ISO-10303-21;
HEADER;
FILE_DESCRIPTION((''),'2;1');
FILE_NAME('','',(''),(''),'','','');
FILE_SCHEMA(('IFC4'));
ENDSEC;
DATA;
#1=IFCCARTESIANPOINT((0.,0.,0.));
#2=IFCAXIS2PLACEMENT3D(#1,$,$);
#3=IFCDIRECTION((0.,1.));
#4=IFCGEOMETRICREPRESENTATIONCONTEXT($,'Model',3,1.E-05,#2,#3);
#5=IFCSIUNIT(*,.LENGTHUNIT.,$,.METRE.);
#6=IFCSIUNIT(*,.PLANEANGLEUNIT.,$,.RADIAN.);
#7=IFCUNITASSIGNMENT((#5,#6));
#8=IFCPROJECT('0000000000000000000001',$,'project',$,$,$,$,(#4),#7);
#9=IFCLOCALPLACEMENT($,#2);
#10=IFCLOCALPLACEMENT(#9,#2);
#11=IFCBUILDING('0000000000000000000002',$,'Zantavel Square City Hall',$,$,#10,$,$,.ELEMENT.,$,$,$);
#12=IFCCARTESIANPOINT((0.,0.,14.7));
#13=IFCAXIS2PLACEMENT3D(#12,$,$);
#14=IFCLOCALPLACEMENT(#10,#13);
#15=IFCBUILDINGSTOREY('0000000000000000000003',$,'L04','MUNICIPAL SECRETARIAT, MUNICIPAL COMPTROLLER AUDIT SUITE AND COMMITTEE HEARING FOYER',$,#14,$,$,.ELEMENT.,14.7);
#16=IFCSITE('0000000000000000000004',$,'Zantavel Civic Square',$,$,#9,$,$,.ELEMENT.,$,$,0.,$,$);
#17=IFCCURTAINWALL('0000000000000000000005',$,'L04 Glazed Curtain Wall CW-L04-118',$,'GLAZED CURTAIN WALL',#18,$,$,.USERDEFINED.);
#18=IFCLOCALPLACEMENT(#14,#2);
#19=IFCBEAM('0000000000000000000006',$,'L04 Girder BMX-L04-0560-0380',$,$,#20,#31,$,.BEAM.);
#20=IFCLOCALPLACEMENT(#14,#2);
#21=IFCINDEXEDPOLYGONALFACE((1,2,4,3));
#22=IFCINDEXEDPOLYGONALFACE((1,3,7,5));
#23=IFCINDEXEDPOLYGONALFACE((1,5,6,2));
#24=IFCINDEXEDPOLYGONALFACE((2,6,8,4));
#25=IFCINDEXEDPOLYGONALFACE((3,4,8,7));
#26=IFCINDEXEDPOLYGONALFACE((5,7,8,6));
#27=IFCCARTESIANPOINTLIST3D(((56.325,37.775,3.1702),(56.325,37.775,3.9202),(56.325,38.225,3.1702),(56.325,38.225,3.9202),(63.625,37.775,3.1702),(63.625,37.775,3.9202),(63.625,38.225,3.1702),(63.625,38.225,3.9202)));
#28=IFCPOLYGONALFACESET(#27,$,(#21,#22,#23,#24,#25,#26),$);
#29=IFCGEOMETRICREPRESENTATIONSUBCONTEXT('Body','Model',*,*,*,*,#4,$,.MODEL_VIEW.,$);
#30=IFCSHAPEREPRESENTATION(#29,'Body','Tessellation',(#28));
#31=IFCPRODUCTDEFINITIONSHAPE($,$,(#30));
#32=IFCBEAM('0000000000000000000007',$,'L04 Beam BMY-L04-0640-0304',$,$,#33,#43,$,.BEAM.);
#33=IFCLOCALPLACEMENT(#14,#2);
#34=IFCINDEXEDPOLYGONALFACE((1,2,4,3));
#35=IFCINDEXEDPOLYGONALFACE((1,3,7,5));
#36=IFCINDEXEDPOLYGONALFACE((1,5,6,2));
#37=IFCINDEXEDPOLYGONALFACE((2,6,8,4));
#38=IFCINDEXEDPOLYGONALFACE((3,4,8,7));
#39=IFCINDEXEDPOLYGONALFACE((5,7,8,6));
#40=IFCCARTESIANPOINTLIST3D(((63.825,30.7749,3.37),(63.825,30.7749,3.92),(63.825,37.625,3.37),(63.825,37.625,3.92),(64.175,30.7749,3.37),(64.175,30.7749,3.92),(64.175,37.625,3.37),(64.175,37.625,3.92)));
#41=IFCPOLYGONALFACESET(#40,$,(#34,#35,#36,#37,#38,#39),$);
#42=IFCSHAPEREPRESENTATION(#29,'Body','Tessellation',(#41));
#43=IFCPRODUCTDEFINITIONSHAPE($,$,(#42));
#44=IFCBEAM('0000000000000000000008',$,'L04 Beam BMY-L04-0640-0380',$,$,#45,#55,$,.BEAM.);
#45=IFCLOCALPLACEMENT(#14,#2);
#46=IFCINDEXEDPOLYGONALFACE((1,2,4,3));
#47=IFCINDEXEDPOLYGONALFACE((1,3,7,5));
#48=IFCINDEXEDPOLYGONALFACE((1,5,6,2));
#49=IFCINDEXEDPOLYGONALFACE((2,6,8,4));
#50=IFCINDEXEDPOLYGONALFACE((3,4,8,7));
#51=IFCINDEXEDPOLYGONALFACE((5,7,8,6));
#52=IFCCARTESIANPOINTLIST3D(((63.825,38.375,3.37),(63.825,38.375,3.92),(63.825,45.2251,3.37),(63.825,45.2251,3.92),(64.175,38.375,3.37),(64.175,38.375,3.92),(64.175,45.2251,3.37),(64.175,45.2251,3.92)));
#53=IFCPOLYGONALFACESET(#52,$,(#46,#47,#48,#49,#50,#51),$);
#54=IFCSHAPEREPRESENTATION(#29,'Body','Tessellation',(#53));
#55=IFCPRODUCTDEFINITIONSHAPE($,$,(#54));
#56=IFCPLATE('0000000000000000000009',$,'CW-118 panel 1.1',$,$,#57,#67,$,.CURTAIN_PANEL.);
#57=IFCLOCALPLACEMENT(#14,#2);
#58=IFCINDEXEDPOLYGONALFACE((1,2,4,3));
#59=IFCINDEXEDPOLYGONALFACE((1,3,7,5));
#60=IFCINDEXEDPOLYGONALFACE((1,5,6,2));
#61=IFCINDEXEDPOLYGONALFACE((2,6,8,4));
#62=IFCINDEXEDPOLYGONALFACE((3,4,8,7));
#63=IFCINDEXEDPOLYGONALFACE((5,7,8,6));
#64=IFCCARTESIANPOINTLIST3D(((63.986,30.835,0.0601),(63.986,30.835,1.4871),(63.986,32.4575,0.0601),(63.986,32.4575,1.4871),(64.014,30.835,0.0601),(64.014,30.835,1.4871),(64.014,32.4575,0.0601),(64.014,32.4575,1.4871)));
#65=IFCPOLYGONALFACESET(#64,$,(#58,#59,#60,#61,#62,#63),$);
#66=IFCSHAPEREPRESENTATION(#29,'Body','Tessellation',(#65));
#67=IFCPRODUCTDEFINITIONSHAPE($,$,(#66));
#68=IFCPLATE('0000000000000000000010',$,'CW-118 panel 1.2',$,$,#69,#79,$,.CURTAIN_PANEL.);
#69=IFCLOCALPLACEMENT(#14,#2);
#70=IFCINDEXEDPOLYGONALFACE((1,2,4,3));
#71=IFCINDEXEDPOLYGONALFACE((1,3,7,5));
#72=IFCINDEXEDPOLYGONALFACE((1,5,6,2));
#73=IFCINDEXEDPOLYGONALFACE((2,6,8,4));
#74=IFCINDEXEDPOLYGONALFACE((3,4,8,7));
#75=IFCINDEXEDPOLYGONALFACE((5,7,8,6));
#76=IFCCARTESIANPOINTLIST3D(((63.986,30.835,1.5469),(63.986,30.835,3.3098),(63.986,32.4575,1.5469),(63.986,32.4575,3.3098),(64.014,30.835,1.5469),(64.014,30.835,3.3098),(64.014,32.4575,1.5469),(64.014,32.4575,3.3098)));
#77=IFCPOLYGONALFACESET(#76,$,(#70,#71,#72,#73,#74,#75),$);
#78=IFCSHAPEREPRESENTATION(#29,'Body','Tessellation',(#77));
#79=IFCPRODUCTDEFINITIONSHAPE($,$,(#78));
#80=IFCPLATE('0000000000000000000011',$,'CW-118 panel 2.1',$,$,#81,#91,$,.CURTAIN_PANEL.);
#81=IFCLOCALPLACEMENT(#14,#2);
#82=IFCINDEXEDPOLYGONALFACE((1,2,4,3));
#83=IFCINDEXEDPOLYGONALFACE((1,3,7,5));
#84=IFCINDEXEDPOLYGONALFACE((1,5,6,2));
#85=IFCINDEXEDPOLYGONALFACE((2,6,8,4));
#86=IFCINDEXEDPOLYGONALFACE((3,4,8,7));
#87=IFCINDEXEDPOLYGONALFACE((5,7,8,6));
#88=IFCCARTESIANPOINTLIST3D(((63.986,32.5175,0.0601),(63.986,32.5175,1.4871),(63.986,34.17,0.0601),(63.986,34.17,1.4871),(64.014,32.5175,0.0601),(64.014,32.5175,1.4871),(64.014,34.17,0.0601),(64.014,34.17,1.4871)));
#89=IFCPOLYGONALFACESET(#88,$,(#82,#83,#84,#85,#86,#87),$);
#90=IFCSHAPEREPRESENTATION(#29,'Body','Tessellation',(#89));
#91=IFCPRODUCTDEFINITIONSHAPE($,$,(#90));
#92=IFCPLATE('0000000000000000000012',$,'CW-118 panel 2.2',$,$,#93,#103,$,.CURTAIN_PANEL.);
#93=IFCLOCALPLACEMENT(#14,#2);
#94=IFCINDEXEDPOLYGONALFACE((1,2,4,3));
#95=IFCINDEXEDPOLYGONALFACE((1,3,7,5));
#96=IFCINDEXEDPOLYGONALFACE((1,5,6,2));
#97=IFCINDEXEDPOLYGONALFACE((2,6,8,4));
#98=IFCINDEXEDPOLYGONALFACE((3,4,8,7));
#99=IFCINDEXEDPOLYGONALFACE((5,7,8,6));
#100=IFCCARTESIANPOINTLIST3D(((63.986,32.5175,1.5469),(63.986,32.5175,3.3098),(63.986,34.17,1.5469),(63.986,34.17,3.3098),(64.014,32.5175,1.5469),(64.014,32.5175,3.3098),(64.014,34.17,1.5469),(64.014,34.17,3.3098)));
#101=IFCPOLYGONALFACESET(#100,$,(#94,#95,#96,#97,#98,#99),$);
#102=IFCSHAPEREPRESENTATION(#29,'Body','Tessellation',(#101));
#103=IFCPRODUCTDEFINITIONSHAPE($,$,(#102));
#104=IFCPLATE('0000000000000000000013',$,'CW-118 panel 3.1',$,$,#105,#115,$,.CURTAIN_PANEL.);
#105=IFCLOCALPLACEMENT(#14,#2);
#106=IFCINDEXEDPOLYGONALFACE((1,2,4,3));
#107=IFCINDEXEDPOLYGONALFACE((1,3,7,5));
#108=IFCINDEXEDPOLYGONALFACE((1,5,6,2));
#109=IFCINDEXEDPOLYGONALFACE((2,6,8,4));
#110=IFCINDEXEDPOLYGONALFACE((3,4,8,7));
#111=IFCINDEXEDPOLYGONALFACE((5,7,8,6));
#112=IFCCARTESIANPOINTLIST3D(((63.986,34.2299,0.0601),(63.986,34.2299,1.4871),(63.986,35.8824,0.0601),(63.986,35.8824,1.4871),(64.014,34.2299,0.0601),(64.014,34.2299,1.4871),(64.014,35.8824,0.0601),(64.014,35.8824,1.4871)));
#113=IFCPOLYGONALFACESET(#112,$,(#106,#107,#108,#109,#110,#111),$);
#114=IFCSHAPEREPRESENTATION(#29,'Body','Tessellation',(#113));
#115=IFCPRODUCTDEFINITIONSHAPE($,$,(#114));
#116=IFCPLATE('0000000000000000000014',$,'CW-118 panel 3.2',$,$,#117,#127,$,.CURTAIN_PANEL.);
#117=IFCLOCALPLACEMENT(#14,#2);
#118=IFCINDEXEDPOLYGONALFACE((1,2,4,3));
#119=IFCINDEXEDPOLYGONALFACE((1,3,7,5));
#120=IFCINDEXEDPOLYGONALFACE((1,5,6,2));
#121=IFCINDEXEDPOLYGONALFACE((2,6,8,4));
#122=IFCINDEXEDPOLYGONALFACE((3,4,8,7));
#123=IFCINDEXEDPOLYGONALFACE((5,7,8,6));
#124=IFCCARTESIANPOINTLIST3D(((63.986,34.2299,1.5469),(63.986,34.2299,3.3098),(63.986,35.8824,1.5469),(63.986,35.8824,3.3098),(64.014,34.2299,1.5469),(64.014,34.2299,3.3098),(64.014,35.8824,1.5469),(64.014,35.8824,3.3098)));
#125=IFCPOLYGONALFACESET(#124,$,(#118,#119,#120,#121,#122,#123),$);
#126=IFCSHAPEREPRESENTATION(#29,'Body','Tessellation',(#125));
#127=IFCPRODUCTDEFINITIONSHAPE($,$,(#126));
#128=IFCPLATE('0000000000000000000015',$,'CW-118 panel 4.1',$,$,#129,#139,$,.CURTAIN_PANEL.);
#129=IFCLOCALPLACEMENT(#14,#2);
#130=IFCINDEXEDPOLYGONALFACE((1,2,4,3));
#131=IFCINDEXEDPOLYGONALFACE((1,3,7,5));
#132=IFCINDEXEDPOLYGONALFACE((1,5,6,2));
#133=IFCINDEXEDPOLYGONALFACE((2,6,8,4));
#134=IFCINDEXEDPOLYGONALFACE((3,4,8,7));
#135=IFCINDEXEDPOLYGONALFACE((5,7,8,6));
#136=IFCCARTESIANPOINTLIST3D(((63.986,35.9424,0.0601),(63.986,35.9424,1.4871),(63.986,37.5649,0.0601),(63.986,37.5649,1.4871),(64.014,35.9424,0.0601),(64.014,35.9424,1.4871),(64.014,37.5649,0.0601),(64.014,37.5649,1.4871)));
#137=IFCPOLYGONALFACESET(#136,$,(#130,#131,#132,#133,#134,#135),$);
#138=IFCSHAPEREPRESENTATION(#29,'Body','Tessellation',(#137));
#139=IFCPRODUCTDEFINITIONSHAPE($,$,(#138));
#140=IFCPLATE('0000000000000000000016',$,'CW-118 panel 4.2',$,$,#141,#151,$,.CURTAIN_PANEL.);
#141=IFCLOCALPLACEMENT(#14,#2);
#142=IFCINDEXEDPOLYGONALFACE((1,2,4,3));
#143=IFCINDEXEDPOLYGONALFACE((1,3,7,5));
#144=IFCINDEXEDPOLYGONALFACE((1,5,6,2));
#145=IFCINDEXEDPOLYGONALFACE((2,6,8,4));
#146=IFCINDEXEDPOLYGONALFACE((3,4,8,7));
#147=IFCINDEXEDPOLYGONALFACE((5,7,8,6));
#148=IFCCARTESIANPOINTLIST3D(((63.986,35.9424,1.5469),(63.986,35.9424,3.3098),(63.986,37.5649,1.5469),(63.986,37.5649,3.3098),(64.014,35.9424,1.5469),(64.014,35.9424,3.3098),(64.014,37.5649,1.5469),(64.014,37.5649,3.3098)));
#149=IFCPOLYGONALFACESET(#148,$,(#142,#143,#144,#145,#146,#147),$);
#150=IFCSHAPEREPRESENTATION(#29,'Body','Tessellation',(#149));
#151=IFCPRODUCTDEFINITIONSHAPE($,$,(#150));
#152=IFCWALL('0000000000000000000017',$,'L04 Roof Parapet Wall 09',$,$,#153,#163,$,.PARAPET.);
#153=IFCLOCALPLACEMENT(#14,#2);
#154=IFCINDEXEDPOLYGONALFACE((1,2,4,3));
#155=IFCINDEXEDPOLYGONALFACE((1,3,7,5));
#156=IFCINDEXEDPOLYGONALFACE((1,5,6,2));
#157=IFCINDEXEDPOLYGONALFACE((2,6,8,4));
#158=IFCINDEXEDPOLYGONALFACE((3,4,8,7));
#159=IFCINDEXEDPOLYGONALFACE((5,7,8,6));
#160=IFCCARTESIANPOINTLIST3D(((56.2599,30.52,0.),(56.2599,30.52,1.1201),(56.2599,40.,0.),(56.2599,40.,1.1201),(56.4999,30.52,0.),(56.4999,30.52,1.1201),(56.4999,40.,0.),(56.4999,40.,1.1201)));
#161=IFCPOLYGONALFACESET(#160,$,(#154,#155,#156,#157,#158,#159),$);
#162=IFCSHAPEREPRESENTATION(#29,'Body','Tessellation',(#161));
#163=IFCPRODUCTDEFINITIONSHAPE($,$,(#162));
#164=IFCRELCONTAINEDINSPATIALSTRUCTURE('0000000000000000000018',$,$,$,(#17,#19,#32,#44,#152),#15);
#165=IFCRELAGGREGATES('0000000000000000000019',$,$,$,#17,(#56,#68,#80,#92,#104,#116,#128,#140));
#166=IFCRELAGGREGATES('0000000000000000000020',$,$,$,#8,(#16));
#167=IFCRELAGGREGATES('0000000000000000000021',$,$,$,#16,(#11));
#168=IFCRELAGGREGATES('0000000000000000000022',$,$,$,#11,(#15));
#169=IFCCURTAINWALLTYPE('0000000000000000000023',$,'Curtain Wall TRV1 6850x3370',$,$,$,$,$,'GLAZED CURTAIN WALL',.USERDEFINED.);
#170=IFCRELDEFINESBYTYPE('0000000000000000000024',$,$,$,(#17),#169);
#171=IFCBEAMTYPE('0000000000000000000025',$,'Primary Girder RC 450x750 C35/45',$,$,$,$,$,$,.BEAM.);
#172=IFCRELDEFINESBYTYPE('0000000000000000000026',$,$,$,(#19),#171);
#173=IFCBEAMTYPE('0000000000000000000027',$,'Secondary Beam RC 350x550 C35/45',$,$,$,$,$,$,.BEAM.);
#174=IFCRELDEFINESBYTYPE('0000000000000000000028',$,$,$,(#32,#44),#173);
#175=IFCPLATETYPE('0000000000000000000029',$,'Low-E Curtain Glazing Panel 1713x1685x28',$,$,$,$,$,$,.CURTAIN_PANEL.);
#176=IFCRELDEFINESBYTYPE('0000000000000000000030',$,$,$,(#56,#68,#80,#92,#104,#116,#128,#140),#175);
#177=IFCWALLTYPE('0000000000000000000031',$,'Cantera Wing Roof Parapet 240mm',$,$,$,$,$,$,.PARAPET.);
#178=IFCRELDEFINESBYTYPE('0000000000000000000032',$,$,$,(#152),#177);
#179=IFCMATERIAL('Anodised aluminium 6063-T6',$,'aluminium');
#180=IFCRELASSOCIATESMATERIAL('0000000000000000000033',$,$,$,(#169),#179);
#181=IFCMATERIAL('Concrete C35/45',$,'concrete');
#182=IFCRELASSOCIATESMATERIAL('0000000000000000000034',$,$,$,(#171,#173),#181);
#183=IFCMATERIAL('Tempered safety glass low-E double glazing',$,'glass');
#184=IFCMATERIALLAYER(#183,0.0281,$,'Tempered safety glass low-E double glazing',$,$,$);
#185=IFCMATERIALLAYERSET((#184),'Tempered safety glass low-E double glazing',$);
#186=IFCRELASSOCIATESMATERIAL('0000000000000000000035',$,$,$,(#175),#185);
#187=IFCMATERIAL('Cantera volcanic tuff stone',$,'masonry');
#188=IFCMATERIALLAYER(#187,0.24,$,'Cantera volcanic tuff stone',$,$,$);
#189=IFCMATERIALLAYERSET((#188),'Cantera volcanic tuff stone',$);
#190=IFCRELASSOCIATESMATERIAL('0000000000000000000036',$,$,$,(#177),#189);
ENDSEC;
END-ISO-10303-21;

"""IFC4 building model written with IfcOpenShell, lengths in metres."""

from ifc_helpers import new_model, si_unit, direction, frame, frame_2d, origin, origin_2d, place, context, subcontext, project, spatial, rectangle, extrude, material, layer, layer_set, material_profile, profile_set, type_object, element, aggregate, save


model = new_model("IFC4")

# Units and contexts
model_context = context("Model", 3, precision=1e-05, world=origin(), true_north=direction((0.0, 1.0)))
body_context = subcontext(model_context, "Body", "Model", "MODEL_VIEW")
ifc_project = project(units=[si_unit("LENGTHUNIT", "METRE"), si_unit("PLANEANGLEUNIT", "RADIAN")], contexts=[model_context])

# Site, building, storey
site_placement = place(None, origin())
site = spatial("IfcSite", under=ifc_project, at=site_placement, Name="Zantavel Civic Square", CompositionType="ELEMENT", RefElevation=0.0)
building_placement = place(site_placement, origin())
building = spatial("IfcBuilding", under=site, at=building_placement, Name="Zantavel Square City Hall", CompositionType="ELEMENT")
storey_placement = place(building_placement, frame((0.0, 0.0, 14.7)))
storey = spatial("IfcBuildingStorey", under=building, at=storey_placement, Name="L04", Description="MUNICIPAL SECRETARIAT, MUNICIPAL COMPTROLLER AUDIT SUITE AND COMMITTEE HEARING FOYER", CompositionType="ELEMENT", Elevation=14.7)

# Curtain wall
ifc_material_1 = material(Name="Anodised aluminium 6063-T6", Category="aluminium")
curtain_wall_type = type_object("IfcCurtainWallType", Name="Curtain Wall TRV1 6850x3370", ElementType="GLAZED CURTAIN WALL", PredefinedType="USERDEFINED", material=ifc_material_1)
curtain_wall_placement = place(storey_placement, origin())
curtain_wall = element("IfcCurtainWall", 1, at=curtain_wall_placement, inside=storey, type_object=curtain_wall_type, Name="L04 Glazed Curtain Wall CW-L04-118", ObjectType="GLAZED CURTAIN WALL", PredefinedType="USERDEFINED")

# Beams
ifc_material_2 = material(Name="Concrete C35/45", Category="concrete")
ifc_material_profile_1 = material_profile(ifc_material_2, rectangle(XDim=0.45, YDim=0.75, at=origin_2d()), Name="RC 450x750")
ifc_profile_set_1 = profile_set([ifc_material_profile_1], Name="Concrete C35/45")
beam_type_1 = type_object("IfcBeamType", Name="Primary Girder RC 450x750 C35/45", PredefinedType="BEAM", material=ifc_profile_set_1)
beam_1_placement = place(storey_placement, frame((56.325, 38.0, 3.5452), z_axis=(1.0, 0.0, 0.0), x_axis=(0.0, 1.0, 0.0)))
element("IfcBeam", 2, at=beam_1_placement, inside=storey, type_object=beam_type_1, Name="L04 Girder BMX-L04-0560-0380", PredefinedType="BEAM", context=body_context, shape_type="SweptSolid", body=[
    extrude(rectangle(XDim=0.45, YDim=0.75, at=origin_2d()), origin(), (0.0, 0.0, 1.0), 7.3),
])
ifc_material_profile_2 = material_profile(ifc_material_2, rectangle(XDim=0.3501, YDim=0.55, at=origin_2d()), Name="RC 350x550")
ifc_profile_set_2 = profile_set([ifc_material_profile_2], Name="Concrete C35/45")
beam_type_2 = type_object("IfcBeamType", Name="Secondary Beam RC 350x550 C35/45", PredefinedType="BEAM", material=ifc_profile_set_2)
for number, where, z_axis, x_axis, name in (
    (3, (64.0, 30.7749, 3.645), (0.0, 1.0, 0.0), (-1.0, 0.0, 0.0), "L04 Beam BMY-L04-0640-0304"),
    (4, (64.0, 38.375, 3.645), (0.0, 1.0, 0.0), (-1.0, 0.0, 0.0), "L04 Beam BMY-L04-0640-0380"),
):
    element("IfcBeam", number, at=place(storey_placement, frame(where, z_axis=z_axis, x_axis=x_axis)), inside=storey, type_object=beam_type_2, Name=name, PredefinedType="BEAM", context=body_context, shape_type="SweptSolid", body=[
        extrude(rectangle(XDim=0.3501, YDim=0.55, at=origin_2d()), origin(), (0.0, 0.0, 1.0), 6.8501),
    ])

# Plates
ifc_material_3 = material(Name="Tempered safety glass low-E double glazing", Category="glass")
ifc_layer_1 = layer(ifc_material_3, 0.0281, Name="Tempered safety glass low-E double glazing")
ifc_layer_set_1 = layer_set([ifc_layer_1], Name="Tempered safety glass low-E double glazing")
plate_type = type_object("IfcPlateType", Name="Low-E Curtain Glazing Panel 1713x1685x28", PredefinedType="CURTAIN_PANEL", material=ifc_layer_set_1)
plate_1_placement = place(storey_placement, frame((64.0, 31.6462, 0.0601), z_axis=(0.0, 0.0, 1.0), x_axis=(0.0, 1.0, 0.0)))
plate_1 = element("IfcPlate", 5, at=plate_1_placement, type_object=plate_type, Name="CW-118 panel 1.1", PredefinedType="CURTAIN_PANEL", context=body_context, shape_type="SweptSolid", body=[
    extrude(rectangle(XDim=1.6226, YDim=0.0281, at=origin_2d()), origin(), (0.0, 0.0, 1.0), 1.427),
])
plate_2_placement = place(storey_placement, frame((64.0, 31.6462, 1.5469), z_axis=(0.0, 0.0, 1.0), x_axis=(0.0, 1.0, 0.0)))
plate_2 = element("IfcPlate", 6, at=plate_2_placement, type_object=plate_type, Name="CW-118 panel 1.2", PredefinedType="CURTAIN_PANEL", context=body_context, shape_type="SweptSolid", body=[
    extrude(rectangle(XDim=1.6226, YDim=0.0281, at=origin_2d()), origin(), (0.0, 0.0, 1.0), 1.7629),
])
plate_3_placement = place(storey_placement, frame((64.0, 33.3438, 0.0601), z_axis=(0.0, 0.0, 1.0), x_axis=(0.0, 1.0, 0.0)))
plate_3 = element("IfcPlate", 7, at=plate_3_placement, type_object=plate_type, Name="CW-118 panel 2.1", PredefinedType="CURTAIN_PANEL", context=body_context, shape_type="SweptSolid", body=[
    extrude(rectangle(XDim=1.6526, YDim=0.0281, at=origin_2d()), origin(), (0.0, 0.0, 1.0), 1.427),
])
plate_4_placement = place(storey_placement, frame((64.0, 33.3438, 1.5469), z_axis=(0.0, 0.0, 1.0), x_axis=(0.0, 1.0, 0.0)))
plate_4 = element("IfcPlate", 8, at=plate_4_placement, type_object=plate_type, Name="CW-118 panel 2.2", PredefinedType="CURTAIN_PANEL", context=body_context, shape_type="SweptSolid", body=[
    extrude(rectangle(XDim=1.6526, YDim=0.0281, at=origin_2d()), origin(), (0.0, 0.0, 1.0), 1.7629),
])
plate_5_placement = place(storey_placement, frame((64.0, 35.0562, 0.0601), z_axis=(0.0, 0.0, 1.0), x_axis=(0.0, 1.0, 0.0)))
plate_5 = element("IfcPlate", 9, at=plate_5_placement, type_object=plate_type, Name="CW-118 panel 3.1", PredefinedType="CURTAIN_PANEL", context=body_context, shape_type="SweptSolid", body=[
    extrude(rectangle(XDim=1.6526, YDim=0.0281, at=origin_2d()), origin(), (0.0, 0.0, 1.0), 1.427),
])
plate_6_placement = place(storey_placement, frame((64.0, 35.0562, 1.5469), z_axis=(0.0, 0.0, 1.0), x_axis=(0.0, 1.0, 0.0)))
plate_6 = element("IfcPlate", 10, at=plate_6_placement, type_object=plate_type, Name="CW-118 panel 3.2", PredefinedType="CURTAIN_PANEL", context=body_context, shape_type="SweptSolid", body=[
    extrude(rectangle(XDim=1.6526, YDim=0.0281, at=origin_2d()), origin(), (0.0, 0.0, 1.0), 1.7629),
])
plate_7_placement = place(storey_placement, frame((64.0, 36.7537, 0.0601), z_axis=(0.0, 0.0, 1.0), x_axis=(0.0, 1.0, 0.0)))
plate_7 = element("IfcPlate", 11, at=plate_7_placement, type_object=plate_type, Name="CW-118 panel 4.1", PredefinedType="CURTAIN_PANEL", context=body_context, shape_type="SweptSolid", body=[
    extrude(rectangle(XDim=1.6226, YDim=0.0281, at=origin_2d()), origin(), (0.0, 0.0, 1.0), 1.427),
])
plate_8_placement = place(storey_placement, frame((64.0, 36.7537, 1.5469), z_axis=(0.0, 0.0, 1.0), x_axis=(0.0, 1.0, 0.0)))
plate_8 = element("IfcPlate", 12, at=plate_8_placement, type_object=plate_type, Name="CW-118 panel 4.2", PredefinedType="CURTAIN_PANEL", context=body_context, shape_type="SweptSolid", body=[
    extrude(rectangle(XDim=1.6226, YDim=0.0281, at=origin_2d()), origin(), (0.0, 0.0, 1.0), 1.7629),
])
aggregate(curtain_wall, [plate_1, plate_2, plate_3, plate_4, plate_5, plate_6, plate_7, plate_8])

# Wall
ifc_material_4 = material(Name="Cantera volcanic tuff stone", Category="masonry")
ifc_layer_2 = layer(ifc_material_4, 0.24, Name="Cantera volcanic tuff stone")
ifc_layer_set_2 = layer_set([ifc_layer_2], Name="Cantera volcanic tuff stone")
wall_type = type_object("IfcWallType", Name="Cantera Wing Roof Parapet 240mm", PredefinedType="PARAPET", material=ifc_layer_set_2)
wall_placement = place(storey_placement, frame((56.3799, 30.52, 0.0), z_axis=(0.0, 0.0, 1.0), x_axis=(0.0, 1.0, 0.0)))
element("IfcWall", 13, at=wall_placement, inside=storey, type_object=wall_type, Name="L04 Roof Parapet Wall 09", PredefinedType="PARAPET", context=body_context, shape_type="SweptSolid", body=[
    extrude(rectangle(XDim=9.48, YDim=0.24, at=frame_2d((4.74, 0.0))), origin(), (0.0, 0.0, 1.0), 1.1201),
])

save(model, "model.ifc")
